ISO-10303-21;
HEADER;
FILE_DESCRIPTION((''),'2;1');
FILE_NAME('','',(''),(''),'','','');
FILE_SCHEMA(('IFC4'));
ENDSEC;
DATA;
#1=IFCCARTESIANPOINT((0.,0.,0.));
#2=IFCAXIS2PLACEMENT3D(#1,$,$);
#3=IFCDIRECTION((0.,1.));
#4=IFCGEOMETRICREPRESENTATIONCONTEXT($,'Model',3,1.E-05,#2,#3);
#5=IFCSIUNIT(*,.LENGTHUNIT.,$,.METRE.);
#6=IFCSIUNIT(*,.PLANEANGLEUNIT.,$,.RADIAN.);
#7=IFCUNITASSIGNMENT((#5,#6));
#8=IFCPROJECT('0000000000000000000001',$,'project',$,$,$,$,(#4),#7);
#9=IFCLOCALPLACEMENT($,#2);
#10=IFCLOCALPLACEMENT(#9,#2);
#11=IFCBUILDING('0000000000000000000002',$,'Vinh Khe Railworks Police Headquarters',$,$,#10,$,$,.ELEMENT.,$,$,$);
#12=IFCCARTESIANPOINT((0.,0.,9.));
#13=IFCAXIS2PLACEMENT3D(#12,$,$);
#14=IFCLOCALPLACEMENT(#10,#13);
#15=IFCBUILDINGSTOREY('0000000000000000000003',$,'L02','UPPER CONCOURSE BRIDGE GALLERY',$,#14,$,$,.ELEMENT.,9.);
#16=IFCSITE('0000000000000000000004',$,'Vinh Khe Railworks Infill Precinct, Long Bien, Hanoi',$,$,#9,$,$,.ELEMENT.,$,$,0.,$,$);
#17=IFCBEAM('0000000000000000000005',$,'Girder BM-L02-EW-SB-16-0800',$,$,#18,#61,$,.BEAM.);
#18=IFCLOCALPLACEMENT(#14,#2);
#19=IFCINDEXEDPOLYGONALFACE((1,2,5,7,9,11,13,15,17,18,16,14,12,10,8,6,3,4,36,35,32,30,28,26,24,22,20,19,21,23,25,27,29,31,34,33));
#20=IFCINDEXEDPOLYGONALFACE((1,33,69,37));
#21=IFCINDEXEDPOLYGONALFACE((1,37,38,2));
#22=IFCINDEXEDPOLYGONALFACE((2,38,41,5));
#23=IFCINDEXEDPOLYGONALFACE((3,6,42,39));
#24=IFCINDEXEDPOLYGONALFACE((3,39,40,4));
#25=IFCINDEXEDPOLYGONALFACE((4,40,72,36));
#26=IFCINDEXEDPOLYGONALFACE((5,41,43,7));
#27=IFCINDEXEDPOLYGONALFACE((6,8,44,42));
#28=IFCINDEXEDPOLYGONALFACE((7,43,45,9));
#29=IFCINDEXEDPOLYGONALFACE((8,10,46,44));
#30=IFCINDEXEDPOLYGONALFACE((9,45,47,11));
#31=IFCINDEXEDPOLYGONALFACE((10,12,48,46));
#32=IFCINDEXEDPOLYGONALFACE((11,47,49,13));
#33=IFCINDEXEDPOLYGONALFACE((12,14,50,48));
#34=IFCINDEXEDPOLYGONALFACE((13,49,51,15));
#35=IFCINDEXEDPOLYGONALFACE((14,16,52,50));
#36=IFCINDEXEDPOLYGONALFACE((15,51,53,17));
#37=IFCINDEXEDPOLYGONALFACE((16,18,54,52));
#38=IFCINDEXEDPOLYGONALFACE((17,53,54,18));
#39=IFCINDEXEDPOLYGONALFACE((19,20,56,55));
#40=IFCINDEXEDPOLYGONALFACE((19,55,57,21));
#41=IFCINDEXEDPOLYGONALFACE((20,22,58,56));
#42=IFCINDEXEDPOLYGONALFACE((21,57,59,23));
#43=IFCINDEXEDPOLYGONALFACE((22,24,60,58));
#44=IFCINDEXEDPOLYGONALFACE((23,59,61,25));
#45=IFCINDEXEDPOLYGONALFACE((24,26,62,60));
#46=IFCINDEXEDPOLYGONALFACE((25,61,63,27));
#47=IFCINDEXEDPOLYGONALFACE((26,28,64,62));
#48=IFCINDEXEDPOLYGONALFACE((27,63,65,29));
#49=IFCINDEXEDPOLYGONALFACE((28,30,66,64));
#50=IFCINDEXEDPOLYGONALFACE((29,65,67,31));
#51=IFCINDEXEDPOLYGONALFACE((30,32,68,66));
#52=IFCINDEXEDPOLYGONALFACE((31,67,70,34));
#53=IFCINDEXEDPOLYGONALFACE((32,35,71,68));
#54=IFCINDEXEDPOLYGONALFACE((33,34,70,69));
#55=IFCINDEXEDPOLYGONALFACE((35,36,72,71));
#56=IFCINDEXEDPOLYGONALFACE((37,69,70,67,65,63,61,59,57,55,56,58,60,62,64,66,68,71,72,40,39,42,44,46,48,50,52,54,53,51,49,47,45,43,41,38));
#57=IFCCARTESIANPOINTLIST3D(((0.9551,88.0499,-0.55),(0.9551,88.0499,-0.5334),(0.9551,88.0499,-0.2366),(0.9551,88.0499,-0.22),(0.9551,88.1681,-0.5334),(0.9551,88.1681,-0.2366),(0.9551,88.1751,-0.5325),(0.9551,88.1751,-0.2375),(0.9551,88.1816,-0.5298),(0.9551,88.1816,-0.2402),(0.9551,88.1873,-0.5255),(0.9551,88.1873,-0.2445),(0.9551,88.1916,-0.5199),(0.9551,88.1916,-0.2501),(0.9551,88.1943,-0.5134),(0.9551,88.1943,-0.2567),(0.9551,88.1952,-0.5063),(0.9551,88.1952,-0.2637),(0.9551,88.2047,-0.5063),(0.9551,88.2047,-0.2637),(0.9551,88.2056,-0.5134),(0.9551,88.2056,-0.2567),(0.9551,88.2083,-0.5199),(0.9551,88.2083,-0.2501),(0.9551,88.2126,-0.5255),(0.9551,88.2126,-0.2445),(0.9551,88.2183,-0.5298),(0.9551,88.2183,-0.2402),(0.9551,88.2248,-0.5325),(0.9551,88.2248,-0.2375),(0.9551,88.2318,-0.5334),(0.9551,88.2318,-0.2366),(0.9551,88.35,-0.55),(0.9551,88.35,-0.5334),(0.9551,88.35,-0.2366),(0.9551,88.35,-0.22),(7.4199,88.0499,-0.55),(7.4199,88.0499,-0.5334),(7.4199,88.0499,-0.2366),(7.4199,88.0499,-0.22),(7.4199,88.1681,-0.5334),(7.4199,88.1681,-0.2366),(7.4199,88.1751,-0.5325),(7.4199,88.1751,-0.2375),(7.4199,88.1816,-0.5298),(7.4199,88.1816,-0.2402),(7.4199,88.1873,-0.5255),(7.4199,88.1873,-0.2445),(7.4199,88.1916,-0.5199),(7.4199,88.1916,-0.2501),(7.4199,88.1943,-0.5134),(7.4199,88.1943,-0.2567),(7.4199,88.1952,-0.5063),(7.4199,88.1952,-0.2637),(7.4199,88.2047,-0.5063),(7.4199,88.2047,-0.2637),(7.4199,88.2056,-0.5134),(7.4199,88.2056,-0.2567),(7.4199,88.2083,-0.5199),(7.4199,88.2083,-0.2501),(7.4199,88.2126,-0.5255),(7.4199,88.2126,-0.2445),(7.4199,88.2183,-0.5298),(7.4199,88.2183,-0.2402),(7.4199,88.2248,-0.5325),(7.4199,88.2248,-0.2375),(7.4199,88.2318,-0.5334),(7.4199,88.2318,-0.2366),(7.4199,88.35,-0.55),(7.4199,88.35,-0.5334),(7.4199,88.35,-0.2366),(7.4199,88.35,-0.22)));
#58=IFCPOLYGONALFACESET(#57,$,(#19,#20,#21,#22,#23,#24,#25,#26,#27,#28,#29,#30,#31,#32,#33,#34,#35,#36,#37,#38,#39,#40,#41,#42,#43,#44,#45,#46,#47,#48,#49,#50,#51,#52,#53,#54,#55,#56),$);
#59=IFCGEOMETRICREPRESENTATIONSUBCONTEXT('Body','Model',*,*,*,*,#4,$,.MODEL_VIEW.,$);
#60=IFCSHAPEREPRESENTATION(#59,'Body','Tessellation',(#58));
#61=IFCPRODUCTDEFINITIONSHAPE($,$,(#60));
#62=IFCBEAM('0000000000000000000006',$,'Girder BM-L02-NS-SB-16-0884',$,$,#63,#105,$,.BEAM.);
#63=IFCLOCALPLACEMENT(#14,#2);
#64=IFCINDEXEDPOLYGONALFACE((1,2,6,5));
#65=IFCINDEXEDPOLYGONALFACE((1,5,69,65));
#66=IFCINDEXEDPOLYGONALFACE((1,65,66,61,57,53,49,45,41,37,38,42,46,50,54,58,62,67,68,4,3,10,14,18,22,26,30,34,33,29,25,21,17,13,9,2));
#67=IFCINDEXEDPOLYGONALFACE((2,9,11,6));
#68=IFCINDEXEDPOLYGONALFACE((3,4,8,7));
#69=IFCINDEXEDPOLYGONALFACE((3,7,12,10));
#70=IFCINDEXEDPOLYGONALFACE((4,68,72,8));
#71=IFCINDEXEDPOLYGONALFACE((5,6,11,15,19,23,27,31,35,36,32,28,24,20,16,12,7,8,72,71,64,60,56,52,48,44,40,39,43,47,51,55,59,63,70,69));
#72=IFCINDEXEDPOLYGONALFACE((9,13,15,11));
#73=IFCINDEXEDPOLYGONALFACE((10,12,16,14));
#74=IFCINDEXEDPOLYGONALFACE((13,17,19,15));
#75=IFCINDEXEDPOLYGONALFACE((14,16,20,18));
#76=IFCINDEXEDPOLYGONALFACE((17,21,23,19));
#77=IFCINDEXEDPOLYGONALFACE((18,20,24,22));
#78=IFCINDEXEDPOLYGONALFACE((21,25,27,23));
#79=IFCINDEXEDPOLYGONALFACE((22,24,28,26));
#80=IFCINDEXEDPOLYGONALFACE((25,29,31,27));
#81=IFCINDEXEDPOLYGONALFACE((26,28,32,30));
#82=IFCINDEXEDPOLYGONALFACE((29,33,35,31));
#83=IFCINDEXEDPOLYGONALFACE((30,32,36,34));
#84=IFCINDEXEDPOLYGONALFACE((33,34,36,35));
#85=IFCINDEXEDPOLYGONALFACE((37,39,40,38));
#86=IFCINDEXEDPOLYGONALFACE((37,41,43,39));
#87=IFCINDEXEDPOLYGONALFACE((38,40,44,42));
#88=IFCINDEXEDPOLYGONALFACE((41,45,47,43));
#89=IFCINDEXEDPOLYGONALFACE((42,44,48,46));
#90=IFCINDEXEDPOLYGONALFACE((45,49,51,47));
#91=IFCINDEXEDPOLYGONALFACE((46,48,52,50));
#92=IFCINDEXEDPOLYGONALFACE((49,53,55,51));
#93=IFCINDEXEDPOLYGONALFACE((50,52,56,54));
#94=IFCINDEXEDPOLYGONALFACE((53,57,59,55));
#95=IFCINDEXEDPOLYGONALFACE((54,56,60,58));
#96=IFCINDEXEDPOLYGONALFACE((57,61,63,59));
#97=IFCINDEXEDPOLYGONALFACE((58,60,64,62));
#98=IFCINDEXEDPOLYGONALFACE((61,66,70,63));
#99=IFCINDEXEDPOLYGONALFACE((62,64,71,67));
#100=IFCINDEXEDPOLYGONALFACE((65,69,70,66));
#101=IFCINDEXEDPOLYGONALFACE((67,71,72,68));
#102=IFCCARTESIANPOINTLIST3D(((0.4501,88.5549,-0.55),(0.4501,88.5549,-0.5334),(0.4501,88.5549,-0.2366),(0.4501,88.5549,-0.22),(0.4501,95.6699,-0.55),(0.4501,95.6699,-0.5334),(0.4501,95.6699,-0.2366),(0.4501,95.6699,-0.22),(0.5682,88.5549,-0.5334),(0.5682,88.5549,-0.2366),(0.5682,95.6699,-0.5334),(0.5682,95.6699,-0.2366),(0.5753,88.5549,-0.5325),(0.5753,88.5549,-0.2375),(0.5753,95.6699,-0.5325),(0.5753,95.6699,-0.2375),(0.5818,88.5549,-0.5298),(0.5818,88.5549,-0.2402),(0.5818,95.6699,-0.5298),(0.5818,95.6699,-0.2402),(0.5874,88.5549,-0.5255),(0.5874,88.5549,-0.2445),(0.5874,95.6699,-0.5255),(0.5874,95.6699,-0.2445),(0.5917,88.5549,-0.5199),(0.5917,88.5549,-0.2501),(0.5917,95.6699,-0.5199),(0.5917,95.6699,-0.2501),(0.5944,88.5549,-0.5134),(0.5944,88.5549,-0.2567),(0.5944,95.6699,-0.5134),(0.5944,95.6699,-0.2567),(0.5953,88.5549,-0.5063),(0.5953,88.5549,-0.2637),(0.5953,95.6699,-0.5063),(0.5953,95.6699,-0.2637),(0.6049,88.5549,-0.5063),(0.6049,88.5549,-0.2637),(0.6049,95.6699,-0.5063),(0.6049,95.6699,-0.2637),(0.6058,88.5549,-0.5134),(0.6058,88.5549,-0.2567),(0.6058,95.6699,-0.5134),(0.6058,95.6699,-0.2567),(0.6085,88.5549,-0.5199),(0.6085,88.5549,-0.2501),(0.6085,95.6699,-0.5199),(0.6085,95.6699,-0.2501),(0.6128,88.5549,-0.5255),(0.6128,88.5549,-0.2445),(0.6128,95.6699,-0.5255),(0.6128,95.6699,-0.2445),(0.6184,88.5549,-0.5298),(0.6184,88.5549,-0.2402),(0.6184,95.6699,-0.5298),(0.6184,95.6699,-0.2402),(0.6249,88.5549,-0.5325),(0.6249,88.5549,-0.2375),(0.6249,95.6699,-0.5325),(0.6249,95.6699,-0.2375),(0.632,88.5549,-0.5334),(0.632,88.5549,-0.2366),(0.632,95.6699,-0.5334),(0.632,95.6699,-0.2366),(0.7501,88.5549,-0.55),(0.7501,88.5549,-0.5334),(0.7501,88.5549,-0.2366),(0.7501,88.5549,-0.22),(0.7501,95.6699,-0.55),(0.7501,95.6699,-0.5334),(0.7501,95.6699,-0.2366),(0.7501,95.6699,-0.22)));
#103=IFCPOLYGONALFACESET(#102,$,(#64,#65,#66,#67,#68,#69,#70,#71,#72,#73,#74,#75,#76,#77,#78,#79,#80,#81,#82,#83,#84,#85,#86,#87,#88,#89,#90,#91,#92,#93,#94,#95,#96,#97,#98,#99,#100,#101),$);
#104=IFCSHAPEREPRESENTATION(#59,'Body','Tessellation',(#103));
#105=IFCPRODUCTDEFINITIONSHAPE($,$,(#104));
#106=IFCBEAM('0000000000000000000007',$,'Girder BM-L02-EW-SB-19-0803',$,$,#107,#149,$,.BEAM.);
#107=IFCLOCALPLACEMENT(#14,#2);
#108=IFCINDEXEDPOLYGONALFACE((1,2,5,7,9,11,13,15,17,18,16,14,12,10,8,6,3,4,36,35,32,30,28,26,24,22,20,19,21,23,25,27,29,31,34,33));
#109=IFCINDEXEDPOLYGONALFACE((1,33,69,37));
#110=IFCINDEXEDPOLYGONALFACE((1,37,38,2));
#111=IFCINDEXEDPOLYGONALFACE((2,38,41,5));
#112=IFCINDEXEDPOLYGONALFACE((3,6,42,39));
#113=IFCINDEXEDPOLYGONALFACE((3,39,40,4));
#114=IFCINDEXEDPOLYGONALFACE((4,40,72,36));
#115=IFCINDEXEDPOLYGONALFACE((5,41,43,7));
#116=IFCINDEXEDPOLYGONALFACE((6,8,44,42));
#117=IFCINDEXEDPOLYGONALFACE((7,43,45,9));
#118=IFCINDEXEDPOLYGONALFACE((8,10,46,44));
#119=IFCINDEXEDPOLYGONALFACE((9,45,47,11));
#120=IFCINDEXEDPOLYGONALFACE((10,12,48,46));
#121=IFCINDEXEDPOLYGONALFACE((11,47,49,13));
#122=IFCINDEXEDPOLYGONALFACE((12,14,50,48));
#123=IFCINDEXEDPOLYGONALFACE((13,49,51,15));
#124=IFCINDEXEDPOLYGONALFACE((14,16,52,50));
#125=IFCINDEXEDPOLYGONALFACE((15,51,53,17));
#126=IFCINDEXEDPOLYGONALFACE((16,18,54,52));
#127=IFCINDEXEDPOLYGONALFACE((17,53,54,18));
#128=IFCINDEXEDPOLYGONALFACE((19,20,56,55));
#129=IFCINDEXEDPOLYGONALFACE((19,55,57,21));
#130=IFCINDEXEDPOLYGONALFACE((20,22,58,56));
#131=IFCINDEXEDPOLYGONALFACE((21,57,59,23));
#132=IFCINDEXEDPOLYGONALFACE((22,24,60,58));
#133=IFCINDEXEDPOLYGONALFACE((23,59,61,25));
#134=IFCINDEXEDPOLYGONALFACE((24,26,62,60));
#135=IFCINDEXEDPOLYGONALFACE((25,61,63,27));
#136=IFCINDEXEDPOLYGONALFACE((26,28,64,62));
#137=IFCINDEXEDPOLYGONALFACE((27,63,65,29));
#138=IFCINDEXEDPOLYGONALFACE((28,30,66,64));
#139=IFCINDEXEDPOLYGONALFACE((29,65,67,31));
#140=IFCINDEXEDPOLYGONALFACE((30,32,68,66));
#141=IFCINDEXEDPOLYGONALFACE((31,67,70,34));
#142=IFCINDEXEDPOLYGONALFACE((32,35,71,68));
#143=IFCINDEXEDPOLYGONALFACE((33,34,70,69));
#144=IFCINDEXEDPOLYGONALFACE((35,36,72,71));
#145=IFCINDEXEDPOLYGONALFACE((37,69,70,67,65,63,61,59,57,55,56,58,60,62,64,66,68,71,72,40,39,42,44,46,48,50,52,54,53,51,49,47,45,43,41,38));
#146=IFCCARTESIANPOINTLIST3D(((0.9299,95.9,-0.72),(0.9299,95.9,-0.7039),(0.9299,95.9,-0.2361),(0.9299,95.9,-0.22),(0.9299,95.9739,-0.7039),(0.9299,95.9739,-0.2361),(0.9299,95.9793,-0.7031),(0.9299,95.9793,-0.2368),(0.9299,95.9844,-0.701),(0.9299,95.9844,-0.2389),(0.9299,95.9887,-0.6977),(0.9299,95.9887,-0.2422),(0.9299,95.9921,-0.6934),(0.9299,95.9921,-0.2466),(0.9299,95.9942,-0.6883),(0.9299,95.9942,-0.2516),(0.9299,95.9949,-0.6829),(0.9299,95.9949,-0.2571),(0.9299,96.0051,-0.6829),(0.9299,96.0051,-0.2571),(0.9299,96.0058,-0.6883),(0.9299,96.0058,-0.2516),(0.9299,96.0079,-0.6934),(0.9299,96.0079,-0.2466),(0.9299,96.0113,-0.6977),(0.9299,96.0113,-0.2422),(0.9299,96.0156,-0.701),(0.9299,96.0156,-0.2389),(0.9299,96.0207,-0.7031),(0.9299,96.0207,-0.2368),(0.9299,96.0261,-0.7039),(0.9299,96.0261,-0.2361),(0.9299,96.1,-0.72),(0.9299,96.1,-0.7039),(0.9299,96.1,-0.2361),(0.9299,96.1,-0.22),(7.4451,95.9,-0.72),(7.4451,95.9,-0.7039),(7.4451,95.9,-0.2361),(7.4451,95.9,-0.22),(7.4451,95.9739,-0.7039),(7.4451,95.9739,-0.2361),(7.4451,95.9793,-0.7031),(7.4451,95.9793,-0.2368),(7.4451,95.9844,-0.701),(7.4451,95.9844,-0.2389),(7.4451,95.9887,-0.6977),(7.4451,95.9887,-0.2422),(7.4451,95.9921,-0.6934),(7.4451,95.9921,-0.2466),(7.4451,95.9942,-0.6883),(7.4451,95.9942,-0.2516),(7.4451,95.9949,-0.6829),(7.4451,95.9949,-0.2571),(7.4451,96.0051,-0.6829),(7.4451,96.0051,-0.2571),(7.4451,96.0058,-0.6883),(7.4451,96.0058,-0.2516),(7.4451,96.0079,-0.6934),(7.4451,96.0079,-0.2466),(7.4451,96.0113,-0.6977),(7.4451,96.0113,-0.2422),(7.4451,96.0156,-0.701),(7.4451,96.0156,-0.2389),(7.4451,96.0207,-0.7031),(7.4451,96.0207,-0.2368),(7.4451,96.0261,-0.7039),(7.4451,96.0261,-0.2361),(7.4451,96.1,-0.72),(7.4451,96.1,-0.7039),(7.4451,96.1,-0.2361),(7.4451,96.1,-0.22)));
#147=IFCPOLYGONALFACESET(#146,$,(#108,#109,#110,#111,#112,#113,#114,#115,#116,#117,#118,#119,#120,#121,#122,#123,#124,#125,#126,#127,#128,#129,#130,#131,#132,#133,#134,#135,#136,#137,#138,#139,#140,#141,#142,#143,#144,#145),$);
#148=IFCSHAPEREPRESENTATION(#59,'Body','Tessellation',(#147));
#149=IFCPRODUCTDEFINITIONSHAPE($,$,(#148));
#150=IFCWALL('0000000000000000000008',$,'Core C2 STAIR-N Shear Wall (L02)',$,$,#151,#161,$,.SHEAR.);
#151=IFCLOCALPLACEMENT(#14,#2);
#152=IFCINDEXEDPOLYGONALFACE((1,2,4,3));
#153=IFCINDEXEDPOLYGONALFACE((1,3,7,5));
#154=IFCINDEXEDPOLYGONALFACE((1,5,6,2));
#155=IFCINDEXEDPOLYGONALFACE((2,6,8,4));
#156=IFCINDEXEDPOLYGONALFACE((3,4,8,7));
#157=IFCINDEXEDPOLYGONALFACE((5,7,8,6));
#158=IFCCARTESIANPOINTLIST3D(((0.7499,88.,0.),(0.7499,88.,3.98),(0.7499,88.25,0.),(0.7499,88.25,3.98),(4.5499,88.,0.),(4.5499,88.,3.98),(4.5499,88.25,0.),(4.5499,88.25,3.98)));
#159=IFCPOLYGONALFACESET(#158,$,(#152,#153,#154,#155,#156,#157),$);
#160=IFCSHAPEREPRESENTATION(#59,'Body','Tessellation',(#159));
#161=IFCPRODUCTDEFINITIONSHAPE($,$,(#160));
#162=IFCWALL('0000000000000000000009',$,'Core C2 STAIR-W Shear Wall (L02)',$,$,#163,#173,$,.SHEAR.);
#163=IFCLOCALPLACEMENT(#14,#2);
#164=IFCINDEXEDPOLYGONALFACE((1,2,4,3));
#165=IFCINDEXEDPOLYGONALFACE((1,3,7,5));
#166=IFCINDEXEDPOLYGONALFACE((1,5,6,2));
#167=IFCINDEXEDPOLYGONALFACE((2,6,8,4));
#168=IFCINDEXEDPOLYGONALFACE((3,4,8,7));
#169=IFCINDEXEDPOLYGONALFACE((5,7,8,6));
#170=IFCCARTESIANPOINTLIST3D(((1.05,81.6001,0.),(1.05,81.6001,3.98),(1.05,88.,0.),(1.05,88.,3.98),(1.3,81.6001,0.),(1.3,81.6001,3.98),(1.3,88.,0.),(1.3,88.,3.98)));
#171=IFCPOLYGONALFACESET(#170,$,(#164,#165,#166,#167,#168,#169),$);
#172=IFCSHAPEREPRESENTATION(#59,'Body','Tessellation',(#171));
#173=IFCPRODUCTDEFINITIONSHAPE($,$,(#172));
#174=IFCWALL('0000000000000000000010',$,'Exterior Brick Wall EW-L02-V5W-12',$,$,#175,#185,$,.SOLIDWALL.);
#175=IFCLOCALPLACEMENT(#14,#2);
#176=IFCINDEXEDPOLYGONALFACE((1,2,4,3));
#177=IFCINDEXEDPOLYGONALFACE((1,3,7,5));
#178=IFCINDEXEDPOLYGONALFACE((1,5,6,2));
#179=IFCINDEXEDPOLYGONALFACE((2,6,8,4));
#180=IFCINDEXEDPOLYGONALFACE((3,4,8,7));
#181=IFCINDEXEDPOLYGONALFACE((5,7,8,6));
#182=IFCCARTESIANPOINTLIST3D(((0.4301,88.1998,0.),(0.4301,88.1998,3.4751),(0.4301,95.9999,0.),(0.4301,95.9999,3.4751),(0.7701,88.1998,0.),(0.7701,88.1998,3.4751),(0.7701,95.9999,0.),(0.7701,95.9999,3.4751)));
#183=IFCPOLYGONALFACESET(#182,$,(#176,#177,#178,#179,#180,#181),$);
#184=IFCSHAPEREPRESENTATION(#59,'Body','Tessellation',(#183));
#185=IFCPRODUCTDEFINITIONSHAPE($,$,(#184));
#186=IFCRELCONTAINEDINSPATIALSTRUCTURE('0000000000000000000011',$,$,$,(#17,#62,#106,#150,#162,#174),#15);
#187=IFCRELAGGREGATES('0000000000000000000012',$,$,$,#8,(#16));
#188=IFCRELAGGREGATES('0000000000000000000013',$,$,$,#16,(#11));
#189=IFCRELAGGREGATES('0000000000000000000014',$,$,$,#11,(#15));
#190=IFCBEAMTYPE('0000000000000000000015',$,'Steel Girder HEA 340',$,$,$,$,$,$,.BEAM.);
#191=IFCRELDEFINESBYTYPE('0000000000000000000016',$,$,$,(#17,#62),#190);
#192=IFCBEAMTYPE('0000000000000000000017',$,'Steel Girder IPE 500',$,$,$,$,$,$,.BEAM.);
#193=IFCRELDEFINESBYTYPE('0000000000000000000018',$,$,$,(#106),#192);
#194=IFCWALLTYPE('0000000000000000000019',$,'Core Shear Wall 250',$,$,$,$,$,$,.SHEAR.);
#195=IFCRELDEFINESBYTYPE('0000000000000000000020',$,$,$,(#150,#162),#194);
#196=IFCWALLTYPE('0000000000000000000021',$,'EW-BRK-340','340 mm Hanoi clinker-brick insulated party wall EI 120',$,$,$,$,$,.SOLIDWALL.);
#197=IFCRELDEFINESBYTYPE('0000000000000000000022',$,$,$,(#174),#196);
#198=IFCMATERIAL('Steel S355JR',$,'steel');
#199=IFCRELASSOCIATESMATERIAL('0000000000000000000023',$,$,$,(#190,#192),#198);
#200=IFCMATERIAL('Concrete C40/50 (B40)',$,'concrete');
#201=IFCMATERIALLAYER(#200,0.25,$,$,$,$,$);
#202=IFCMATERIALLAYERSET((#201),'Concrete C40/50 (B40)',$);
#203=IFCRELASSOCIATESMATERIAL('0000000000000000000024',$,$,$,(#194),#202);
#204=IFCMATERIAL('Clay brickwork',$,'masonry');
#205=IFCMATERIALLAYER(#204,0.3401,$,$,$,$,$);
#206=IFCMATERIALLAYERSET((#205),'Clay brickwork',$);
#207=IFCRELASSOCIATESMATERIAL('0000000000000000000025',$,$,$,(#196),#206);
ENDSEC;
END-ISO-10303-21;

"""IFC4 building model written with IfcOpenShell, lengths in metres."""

from ifc_helpers import new_model, si_unit, direction, frame, frame_2d, origin, origin_2d, place, context, subcontext, project, spatial, rectangle, i_section, extrude, material, layer, layer_set, material_profile, profile_set, type_object, element, save


model = new_model("IFC4")

# Units and contexts
model_context = context("Model", 3, precision=1e-05, world=origin(), true_north=direction((0.0, 1.0)))
body_context = subcontext(model_context, "Body", "Model", "MODEL_VIEW")
ifc_project = project(units=[si_unit("LENGTHUNIT", "METRE"), si_unit("PLANEANGLEUNIT", "RADIAN")], contexts=[model_context])

# Site, building, storey
site_placement = place(None, origin())
site = spatial("IfcSite", under=ifc_project, at=site_placement, Name="Vinh Khe Railworks Infill Precinct, Long Bien, Hanoi", CompositionType="ELEMENT", RefElevation=0.0)
building_placement = place(site_placement, origin())
building = spatial("IfcBuilding", under=site, at=building_placement, Name="Vinh Khe Railworks Police Headquarters", CompositionType="ELEMENT")
storey_placement = place(building_placement, frame((0.0, 0.0, 9.0)))
storey = spatial("IfcBuildingStorey", under=building, at=storey_placement, Name="L02", Description="UPPER CONCOURSE BRIDGE GALLERY", CompositionType="ELEMENT", Elevation=9.0)

# Shared definitions
ifc_material_1 = material(Name="Steel S355JR", Category="steel")

# Beams
ifc_material_profile_1 = material_profile(ifc_material_1, i_section(OverallWidth=0.3, OverallDepth=0.3301, WebThickness=0.0095, FlangeThickness=0.0166, FilletRadius=0.0271, at=origin_2d()), Name="HEA 340")
ifc_profile_set_1 = profile_set([ifc_material_profile_1], Name="Steel S355JR")
beam_type_1 = type_object("IfcBeamType", Name="Steel Girder HEA 340", PredefinedType="BEAM", material=ifc_profile_set_1)
beam_1_placement = place(storey_placement, frame((0.9551, 88.2, -0.385), z_axis=(1.0, 0.0, 0.0), x_axis=(0.0, 1.0, 0.0)))
element("IfcBeam", 1, at=beam_1_placement, inside=storey, type_object=beam_type_1, Name="Girder BM-L02-EW-SB-16-0800", PredefinedType="BEAM", context=body_context, shape_type="SweptSolid", body=[
    extrude(i_section(OverallWidth=0.3, OverallDepth=0.3301, WebThickness=0.0095, FlangeThickness=0.0166, FilletRadius=0.0271, at=origin_2d()), origin(), (0.0, 0.0, 1.0), 6.4648),
])
beam_2_placement = place(storey_placement, frame((0.6001, 88.5549, -0.385), z_axis=(0.0, 1.0, 0.0), x_axis=(-1.0, 0.0, 0.0)))
element("IfcBeam", 2, at=beam_2_placement, inside=storey, type_object=beam_type_1, Name="Girder BM-L02-NS-SB-16-0884", PredefinedType="BEAM", context=body_context, shape_type="SweptSolid", body=[
    extrude(i_section(OverallWidth=0.3, OverallDepth=0.3301, WebThickness=0.0095, FlangeThickness=0.0166, FilletRadius=0.0271, at=origin_2d()), origin(), (0.0, 0.0, 1.0), 7.115),
])
ifc_material_profile_2 = material_profile(ifc_material_1, i_section(OverallWidth=0.2, OverallDepth=0.5, WebThickness=0.0103, FlangeThickness=0.0161, FilletRadius=0.021, at=origin_2d()), Name="IPE 500")
ifc_profile_set_2 = profile_set([ifc_material_profile_2], Name="Steel S355JR")
beam_type_2 = type_object("IfcBeamType", Name="Steel Girder IPE 500", PredefinedType="BEAM", material=ifc_profile_set_2)
beam_3_placement = place(storey_placement, frame((0.9299, 96.0, -0.47), z_axis=(1.0, 0.0, 0.0), x_axis=(0.0, 1.0, 0.0)))
element("IfcBeam", 3, at=beam_3_placement, inside=storey, type_object=beam_type_2, Name="Girder BM-L02-EW-SB-19-0803", PredefinedType="BEAM", context=body_context, shape_type="SweptSolid", body=[
    extrude(i_section(OverallWidth=0.2, OverallDepth=0.5, WebThickness=0.0103, FlangeThickness=0.0161, FilletRadius=0.021, at=origin_2d()), origin(), (0.0, 0.0, 1.0), 6.5151),
])

# Walls
ifc_material_2 = material(Name="Concrete C40/50 (B40)", Category="concrete")
ifc_layer_1 = layer(ifc_material_2, 0.25)
ifc_layer_set_1 = layer_set([ifc_layer_1], Name="Concrete C40/50 (B40)")
wall_type_1 = type_object("IfcWallType", Name="Core Shear Wall 250", PredefinedType="SHEAR", material=ifc_layer_set_1)
wall_1_placement = place(storey_placement, frame((0.75, 88.125, 0.0), z_axis=(0.0, 0.0, 1.0), x_axis=(1.0, 0.0, 0.0)))
element("IfcWall", 4, at=wall_1_placement, inside=storey, type_object=wall_type_1, Name="Core C2 STAIR-N Shear Wall (L02)", PredefinedType="SHEAR", context=body_context, shape_type="SweptSolid", body=[
    extrude(rectangle(XDim=3.8, YDim=0.25, at=frame_2d((1.8999, 0.0))), origin(), (0.0, 0.0, 1.0), 3.98),
])
wall_2_placement = place(storey_placement, frame((1.175, 81.6001, 0.0), z_axis=(0.0, 0.0, 1.0), x_axis=(0.0, 1.0, 0.0)))
element("IfcWall", 5, at=wall_2_placement, inside=storey, type_object=wall_type_1, Name="Core C2 STAIR-W Shear Wall (L02)", PredefinedType="SHEAR", context=body_context, shape_type="SweptSolid", body=[
    extrude(rectangle(XDim=6.3999, YDim=0.25, at=frame_2d((3.2, 0.0))), origin(), (0.0, 0.0, 1.0), 3.98),
])

# Wall
ifc_material_3 = material(Name="Clay brickwork", Category="masonry")
ifc_layer_2 = layer(ifc_material_3, 0.3401)
ifc_layer_set_2 = layer_set([ifc_layer_2], Name="Clay brickwork")
wall_type_2 = type_object("IfcWallType", Name="EW-BRK-340", Description="340 mm Hanoi clinker-brick insulated party wall EI 120", PredefinedType="SOLIDWALL", material=ifc_layer_set_2)
wall_3_placement = place(storey_placement, frame((0.6001, 88.2, 0.0), z_axis=(0.0, 0.0, 1.0), x_axis=(0.0, 1.0, 0.0)))
element("IfcWall", 6, at=wall_3_placement, inside=storey, type_object=wall_type_2, Name="Exterior Brick Wall EW-L02-V5W-12", PredefinedType="SOLIDWALL", context=body_context, shape_type="SweptSolid", body=[
    extrude(rectangle(XDim=7.8, YDim=0.3401, at=frame_2d((3.8999, 0.0))), origin(), (0.0, 0.0, 1.0), 3.4751),
])

save(model, "model.ifc")
